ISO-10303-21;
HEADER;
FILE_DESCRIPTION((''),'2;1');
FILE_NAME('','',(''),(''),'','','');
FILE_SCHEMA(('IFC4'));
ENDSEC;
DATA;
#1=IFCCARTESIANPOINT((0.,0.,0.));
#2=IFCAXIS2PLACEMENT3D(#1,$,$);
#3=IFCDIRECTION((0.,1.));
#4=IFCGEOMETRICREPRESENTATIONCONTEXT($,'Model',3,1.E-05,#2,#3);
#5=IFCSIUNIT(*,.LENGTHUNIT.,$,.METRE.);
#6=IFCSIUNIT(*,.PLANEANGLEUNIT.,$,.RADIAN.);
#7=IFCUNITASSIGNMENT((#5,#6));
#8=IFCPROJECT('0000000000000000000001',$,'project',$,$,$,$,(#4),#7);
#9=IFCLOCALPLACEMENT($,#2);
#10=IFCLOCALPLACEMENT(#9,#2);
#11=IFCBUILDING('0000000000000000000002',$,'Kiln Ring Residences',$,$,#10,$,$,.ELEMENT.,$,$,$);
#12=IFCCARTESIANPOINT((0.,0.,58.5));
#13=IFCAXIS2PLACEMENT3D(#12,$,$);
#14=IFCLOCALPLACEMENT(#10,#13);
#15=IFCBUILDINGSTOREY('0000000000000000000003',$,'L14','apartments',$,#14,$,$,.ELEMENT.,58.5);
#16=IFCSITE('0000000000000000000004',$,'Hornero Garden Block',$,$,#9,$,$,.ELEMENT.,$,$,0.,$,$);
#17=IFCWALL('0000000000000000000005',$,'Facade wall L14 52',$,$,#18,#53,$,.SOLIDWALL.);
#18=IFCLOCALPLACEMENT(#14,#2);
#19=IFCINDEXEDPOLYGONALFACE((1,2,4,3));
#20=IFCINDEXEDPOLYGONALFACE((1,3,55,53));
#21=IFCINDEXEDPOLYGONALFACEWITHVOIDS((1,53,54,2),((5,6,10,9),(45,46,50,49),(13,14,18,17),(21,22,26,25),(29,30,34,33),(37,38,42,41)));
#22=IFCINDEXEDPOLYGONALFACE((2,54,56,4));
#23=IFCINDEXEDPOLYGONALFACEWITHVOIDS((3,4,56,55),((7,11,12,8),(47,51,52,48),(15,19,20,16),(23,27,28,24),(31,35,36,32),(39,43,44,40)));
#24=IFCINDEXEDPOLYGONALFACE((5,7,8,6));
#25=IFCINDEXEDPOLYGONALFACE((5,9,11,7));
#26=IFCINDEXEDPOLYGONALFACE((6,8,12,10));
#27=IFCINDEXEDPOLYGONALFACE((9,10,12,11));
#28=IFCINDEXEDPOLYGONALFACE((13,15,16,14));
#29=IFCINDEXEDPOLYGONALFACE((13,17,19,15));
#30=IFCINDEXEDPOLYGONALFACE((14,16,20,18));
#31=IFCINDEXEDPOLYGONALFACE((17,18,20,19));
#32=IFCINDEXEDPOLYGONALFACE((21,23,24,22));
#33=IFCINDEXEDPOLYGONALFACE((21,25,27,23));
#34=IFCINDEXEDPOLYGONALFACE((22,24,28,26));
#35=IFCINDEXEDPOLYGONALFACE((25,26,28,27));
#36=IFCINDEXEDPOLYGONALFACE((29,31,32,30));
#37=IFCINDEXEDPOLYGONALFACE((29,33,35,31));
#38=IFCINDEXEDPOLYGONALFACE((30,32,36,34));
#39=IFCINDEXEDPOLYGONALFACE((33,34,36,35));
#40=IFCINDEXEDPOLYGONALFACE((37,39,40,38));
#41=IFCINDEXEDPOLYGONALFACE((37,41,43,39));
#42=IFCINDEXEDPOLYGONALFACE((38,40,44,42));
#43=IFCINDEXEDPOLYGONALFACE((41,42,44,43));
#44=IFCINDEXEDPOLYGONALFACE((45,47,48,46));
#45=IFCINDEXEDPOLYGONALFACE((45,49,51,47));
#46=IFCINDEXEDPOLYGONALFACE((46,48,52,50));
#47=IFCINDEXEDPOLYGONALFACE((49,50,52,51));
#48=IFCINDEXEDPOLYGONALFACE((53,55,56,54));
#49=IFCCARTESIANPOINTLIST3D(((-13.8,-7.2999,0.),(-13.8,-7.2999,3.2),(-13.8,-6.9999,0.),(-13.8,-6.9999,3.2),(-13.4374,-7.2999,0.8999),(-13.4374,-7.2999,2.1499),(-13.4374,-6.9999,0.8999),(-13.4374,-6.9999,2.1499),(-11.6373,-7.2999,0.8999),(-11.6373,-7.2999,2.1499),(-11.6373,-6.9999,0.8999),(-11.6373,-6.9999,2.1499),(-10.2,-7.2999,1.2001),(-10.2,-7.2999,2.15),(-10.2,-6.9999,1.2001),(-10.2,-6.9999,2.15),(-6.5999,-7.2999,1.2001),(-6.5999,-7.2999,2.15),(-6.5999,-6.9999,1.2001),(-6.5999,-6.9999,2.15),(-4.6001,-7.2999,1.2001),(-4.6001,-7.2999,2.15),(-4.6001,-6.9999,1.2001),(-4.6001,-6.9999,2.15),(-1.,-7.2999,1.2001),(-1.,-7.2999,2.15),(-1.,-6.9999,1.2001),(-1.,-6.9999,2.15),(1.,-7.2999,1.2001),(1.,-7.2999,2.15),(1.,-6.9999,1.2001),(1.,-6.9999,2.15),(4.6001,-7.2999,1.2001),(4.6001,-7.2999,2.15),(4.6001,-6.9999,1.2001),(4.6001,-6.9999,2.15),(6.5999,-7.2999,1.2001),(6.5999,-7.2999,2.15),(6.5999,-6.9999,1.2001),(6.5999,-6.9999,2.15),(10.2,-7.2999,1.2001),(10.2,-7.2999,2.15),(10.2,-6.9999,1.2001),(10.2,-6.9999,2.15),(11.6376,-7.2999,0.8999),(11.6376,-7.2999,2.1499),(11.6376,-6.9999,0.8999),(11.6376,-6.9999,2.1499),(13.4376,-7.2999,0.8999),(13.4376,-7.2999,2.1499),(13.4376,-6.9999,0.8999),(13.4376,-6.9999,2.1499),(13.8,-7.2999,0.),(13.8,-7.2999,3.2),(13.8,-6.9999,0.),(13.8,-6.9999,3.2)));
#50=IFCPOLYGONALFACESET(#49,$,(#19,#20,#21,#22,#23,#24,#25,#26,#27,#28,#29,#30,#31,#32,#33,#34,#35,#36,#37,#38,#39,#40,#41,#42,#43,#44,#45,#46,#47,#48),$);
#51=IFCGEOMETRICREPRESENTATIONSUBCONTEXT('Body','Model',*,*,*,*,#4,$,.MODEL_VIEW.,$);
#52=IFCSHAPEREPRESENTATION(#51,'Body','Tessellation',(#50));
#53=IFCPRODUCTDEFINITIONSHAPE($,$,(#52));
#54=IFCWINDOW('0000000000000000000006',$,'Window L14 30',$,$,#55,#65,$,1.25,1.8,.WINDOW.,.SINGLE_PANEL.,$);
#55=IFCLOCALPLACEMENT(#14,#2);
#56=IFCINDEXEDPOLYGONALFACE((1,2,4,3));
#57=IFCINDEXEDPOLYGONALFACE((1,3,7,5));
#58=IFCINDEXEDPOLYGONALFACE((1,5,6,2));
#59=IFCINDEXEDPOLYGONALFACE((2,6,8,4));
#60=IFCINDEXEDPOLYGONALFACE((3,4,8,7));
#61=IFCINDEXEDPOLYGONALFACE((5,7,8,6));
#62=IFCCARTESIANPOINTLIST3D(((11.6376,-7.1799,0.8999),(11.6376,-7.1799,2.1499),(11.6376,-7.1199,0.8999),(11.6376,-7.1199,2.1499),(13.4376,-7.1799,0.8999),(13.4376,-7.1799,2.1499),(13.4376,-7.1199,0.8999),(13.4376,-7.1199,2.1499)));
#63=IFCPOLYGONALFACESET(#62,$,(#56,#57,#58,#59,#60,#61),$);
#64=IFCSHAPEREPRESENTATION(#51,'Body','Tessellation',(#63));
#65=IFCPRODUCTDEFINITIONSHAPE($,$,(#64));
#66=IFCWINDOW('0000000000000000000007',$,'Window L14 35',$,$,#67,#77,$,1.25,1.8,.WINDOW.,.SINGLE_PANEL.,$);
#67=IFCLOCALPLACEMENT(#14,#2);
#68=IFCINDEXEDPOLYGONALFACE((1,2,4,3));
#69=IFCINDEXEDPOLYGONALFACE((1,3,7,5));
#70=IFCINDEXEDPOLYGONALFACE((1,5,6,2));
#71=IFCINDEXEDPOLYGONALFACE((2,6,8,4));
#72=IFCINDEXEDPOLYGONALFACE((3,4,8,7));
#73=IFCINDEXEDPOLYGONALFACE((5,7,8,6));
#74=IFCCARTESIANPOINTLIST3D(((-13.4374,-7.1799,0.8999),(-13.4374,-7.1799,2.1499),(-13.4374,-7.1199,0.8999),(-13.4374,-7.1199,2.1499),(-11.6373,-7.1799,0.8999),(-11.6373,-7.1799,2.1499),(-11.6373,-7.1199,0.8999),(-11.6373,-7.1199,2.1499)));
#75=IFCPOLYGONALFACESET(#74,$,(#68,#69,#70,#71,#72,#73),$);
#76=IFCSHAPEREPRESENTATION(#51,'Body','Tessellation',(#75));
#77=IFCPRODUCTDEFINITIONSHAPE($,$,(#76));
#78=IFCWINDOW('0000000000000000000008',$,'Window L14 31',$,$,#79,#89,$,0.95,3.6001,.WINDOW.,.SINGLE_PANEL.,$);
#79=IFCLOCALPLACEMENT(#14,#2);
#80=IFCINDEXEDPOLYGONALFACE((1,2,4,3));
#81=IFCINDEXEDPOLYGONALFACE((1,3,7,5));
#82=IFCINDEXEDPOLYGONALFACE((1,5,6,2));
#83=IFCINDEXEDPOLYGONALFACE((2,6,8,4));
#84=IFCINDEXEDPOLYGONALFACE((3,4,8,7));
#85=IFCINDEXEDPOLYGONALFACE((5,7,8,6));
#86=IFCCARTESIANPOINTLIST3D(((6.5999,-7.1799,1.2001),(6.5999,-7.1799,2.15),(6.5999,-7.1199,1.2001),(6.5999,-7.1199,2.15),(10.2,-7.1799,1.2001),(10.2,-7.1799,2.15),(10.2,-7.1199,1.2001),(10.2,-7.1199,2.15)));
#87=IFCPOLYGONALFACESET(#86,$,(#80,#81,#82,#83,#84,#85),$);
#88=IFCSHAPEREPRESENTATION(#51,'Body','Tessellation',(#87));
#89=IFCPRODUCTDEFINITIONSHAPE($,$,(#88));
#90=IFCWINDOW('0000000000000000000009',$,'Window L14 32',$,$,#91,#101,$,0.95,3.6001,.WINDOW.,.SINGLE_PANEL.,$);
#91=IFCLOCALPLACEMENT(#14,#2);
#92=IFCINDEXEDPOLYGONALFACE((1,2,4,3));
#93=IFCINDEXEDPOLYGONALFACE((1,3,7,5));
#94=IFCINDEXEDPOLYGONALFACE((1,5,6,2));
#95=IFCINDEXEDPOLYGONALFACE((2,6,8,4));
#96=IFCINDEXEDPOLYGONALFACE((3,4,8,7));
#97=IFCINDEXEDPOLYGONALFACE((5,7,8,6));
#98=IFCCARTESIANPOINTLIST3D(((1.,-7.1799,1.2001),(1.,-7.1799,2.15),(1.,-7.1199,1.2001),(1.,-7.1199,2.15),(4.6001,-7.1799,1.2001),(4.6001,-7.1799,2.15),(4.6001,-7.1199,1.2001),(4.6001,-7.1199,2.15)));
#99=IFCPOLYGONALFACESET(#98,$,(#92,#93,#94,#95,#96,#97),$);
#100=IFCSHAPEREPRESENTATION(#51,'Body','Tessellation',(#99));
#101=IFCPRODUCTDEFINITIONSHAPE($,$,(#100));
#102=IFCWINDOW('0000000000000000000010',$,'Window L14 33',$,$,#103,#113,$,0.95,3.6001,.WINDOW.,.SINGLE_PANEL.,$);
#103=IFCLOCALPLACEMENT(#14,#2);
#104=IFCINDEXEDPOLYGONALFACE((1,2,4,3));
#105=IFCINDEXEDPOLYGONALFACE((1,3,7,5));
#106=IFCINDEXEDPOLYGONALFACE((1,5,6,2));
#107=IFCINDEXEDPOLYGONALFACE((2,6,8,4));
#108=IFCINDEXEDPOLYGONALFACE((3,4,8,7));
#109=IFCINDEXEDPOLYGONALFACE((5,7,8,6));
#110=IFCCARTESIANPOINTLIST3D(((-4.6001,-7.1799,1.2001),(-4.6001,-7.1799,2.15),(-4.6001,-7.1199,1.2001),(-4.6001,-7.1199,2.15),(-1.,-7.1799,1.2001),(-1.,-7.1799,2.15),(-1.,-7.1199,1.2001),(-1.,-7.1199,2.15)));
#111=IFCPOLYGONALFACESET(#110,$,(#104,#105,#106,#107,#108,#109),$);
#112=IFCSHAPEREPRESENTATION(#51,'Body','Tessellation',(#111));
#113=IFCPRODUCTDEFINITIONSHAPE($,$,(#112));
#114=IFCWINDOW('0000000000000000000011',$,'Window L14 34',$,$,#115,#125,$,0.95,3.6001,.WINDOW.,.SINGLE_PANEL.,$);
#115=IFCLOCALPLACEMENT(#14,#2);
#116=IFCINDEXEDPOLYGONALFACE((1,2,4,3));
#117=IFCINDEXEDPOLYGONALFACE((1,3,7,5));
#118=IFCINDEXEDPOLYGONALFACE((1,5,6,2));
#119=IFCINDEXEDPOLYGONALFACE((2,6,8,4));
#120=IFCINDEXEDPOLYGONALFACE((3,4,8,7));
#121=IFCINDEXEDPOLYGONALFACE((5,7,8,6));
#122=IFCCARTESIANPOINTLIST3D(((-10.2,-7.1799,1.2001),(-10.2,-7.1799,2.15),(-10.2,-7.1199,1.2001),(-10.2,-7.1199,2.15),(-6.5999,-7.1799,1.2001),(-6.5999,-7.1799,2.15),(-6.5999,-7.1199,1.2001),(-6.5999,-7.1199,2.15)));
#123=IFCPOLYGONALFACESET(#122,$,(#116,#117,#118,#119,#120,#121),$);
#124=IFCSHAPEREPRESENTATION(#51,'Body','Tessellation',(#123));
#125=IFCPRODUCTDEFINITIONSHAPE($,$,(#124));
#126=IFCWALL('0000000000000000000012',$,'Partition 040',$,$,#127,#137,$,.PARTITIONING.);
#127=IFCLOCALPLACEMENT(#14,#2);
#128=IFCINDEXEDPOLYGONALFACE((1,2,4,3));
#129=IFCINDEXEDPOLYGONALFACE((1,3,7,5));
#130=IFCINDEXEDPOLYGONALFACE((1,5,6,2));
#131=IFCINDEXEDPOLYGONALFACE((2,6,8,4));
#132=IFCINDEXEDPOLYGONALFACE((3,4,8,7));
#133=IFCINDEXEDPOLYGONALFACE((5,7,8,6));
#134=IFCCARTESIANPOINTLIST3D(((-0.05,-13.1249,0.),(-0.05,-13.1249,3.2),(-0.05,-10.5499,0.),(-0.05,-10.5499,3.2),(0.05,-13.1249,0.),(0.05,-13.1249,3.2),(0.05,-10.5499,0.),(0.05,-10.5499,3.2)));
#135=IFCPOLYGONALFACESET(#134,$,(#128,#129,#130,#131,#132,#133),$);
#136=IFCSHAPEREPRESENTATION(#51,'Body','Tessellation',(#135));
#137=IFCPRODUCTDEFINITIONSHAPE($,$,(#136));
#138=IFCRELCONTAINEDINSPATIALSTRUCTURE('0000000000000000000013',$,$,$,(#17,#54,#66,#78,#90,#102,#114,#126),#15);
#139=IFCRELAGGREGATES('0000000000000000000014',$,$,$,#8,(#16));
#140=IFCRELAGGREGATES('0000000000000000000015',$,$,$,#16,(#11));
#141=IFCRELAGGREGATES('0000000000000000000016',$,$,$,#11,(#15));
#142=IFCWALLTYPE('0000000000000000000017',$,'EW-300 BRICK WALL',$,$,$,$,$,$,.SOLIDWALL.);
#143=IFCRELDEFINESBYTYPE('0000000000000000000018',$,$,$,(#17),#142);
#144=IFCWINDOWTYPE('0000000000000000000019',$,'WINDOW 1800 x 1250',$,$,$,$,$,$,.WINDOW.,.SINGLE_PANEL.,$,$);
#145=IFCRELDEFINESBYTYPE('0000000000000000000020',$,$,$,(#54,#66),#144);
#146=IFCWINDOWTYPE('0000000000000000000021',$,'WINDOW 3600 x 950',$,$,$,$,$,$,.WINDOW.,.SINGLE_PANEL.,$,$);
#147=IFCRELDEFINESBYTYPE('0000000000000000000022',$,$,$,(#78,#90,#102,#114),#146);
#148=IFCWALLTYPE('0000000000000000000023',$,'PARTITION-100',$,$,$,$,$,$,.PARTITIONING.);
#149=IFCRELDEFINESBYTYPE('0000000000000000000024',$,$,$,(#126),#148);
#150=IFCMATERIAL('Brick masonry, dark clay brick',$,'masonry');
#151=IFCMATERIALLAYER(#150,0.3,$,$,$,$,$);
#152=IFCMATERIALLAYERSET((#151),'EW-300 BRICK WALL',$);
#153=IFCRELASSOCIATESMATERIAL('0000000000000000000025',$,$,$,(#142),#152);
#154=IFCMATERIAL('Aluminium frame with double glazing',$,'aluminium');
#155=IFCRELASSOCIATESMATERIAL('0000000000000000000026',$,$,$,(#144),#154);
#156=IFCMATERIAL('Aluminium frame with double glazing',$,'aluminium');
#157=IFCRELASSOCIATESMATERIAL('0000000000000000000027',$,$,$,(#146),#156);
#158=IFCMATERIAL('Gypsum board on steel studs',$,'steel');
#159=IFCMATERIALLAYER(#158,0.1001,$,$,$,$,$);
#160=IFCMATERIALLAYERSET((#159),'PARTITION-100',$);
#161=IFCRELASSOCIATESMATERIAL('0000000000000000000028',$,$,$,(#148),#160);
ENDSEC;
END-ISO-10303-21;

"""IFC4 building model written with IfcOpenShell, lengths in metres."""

from ifc_helpers import new_model, si_unit, direction, frame, frame_2d, origin, place, context, subcontext, project, spatial, rectangle, extrude, material, layer, layer_set, type_object, element, fill, save


model = new_model("IFC4")

# Units and contexts
model_context = context("Model", 3, precision=1e-05, world=origin(), true_north=direction((0.0, 1.0)))
body_context = subcontext(model_context, "Body", "Model", "MODEL_VIEW")
ifc_project = project(units=[si_unit("LENGTHUNIT", "METRE"), si_unit("PLANEANGLEUNIT", "RADIAN")], contexts=[model_context])

# Site, building, storey
site_placement = place(None, origin())
site = spatial("IfcSite", under=ifc_project, at=site_placement, Name="Hornero Garden Block", CompositionType="ELEMENT", RefElevation=0.0)
building_placement = place(site_placement, origin())
building = spatial("IfcBuilding", under=site, at=building_placement, Name="Kiln Ring Residences", CompositionType="ELEMENT")
storey_placement = place(building_placement, frame((0.0, 0.0, 58.5)))
storey = spatial("IfcBuildingStorey", under=building, at=storey_placement, Name="L14", Description="apartments", CompositionType="ELEMENT", Elevation=58.5)

# Wall, openings, windows
ifc_material_1 = material(Name="Brick masonry, dark clay brick", Category="masonry")
ifc_layer_1 = layer(ifc_material_1, 0.3)
ifc_layer_set_1 = layer_set([ifc_layer_1], Name="EW-300 BRICK WALL")
wall_type_1 = type_object("IfcWallType", Name="EW-300 BRICK WALL", PredefinedType="SOLIDWALL", material=ifc_layer_set_1)
wall_1_placement = place(storey_placement, frame((13.8, -7.1499, 0.0), z_axis=(0.0, 0.0, 1.0), x_axis=(-1.0, 0.0, 0.0)))
wall_1 = element("IfcWall", 1, at=wall_1_placement, inside=storey, type_object=wall_type_1, Name="Facade wall L14 52", PredefinedType="SOLIDWALL", context=body_context, shape_type="SweptSolid", body=[
    extrude(rectangle(XDim=27.6001, YDim=0.3, at=frame_2d((13.8, 0.0))), origin(), (0.0, 0.0, 1.0), 3.2),
])
opening_1_placement = place(wall_1_placement, frame((0.3625, 0.0, 0.8999)))
opening_1 = element("IfcOpeningElement", 2, at=opening_1_placement, cuts=wall_1, PredefinedType="OPENING", context=body_context, shape_type="SweptSolid", body=[
    extrude(rectangle(XDim=1.8, YDim=1.25, at=frame_2d((0.8999, 0.625))), frame((0.0, 0.1599, 0.0), z_axis=(0.0, -1.0, 0.0), x_axis=(1.0, 0.0, 0.0)), (0.0, 0.0, 1.0), 0.3201),
])
opening_2_placement = place(wall_1_placement, frame((3.6001, 0.0, 1.2)))
opening_2 = element("IfcOpeningElement", 3, at=opening_2_placement, cuts=wall_1, PredefinedType="OPENING", context=body_context, shape_type="SweptSolid", body=[
    extrude(rectangle(XDim=3.6001, YDim=0.95, at=frame_2d((1.8, 0.4751))), frame((0.0, 0.1599, 0.0), z_axis=(0.0, -1.0, 0.0), x_axis=(1.0, 0.0, 0.0)), (0.0, 0.0, 1.0), 0.3201),
])
opening_3_placement = place(wall_1_placement, frame((9.2, 0.0, 1.2)))
opening_3 = element("IfcOpeningElement", 4, at=opening_3_placement, cuts=wall_1, PredefinedType="OPENING", context=body_context, shape_type="SweptSolid", body=[
    extrude(rectangle(XDim=3.6001, YDim=0.95, at=frame_2d((1.8, 0.4751))), frame((0.0, 0.1599, 0.0), z_axis=(0.0, -1.0, 0.0), x_axis=(1.0, 0.0, 0.0)), (0.0, 0.0, 1.0), 0.3201),
])
opening_4_placement = place(wall_1_placement, frame((14.8, 0.0, 1.2)))
opening_4 = element("IfcOpeningElement", 5, at=opening_4_placement, cuts=wall_1, PredefinedType="OPENING", context=body_context, shape_type="SweptSolid", body=[
    extrude(rectangle(XDim=3.6001, YDim=0.95, at=frame_2d((1.8, 0.4751))), frame((0.0, 0.1599, 0.0), z_axis=(0.0, -1.0, 0.0), x_axis=(1.0, 0.0, 0.0)), (0.0, 0.0, 1.0), 0.3201),
])
opening_5_placement = place(wall_1_placement, frame((20.3999, 0.0, 1.2)))
opening_5 = element("IfcOpeningElement", 6, at=opening_5_placement, cuts=wall_1, PredefinedType="OPENING", context=body_context, shape_type="SweptSolid", body=[
    extrude(rectangle(XDim=3.6001, YDim=0.95, at=frame_2d((1.8, 0.4751))), frame((0.0, 0.1599, 0.0), z_axis=(0.0, -1.0, 0.0), x_axis=(1.0, 0.0, 0.0)), (0.0, 0.0, 1.0), 0.3201),
])
opening_6_placement = place(wall_1_placement, frame((25.4375, 0.0, 0.8999)))
opening_6 = element("IfcOpeningElement", 7, at=opening_6_placement, cuts=wall_1, PredefinedType="OPENING", context=body_context, shape_type="SweptSolid", body=[
    extrude(rectangle(XDim=1.8, YDim=1.25, at=frame_2d((0.8999, 0.625))), frame((0.0, 0.1599, 0.0), z_axis=(0.0, -1.0, 0.0), x_axis=(1.0, 0.0, 0.0)), (0.0, 0.0, 1.0), 0.3201),
])
ifc_material_2 = material(Name="Aluminium frame with double glazing", Category="aluminium")
window_type_1 = type_object("IfcWindowType", Name="WINDOW 1800 x 1250", PartitioningType="SINGLE_PANEL", PredefinedType="WINDOW", material=ifc_material_2)
window_1_placement = place(opening_1_placement, origin())
window_1 = element("IfcWindow", 8, at=window_1_placement, inside=storey, type_object=window_type_1, Name="Window L14 30", OverallHeight=1.25, OverallWidth=1.8, PartitioningType="SINGLE_PANEL", PredefinedType="WINDOW", context=body_context, shape_type="SweptSolid", body=[
    extrude(rectangle(XDim=1.8, YDim=1.25, at=frame_2d((0.8999, 0.625))), frame((0.0, 0.03, 0.0), z_axis=(0.0, -1.0, 0.0), x_axis=(1.0, 0.0, 0.0)), (0.0, 0.0, 1.0), 0.0601),
])
fill(opening_1, window_1)
window_2_placement = place(opening_6_placement, origin())
window_2 = element("IfcWindow", 9, at=window_2_placement, inside=storey, type_object=window_type_1, Name="Window L14 35", OverallHeight=1.25, OverallWidth=1.8, PartitioningType="SINGLE_PANEL", PredefinedType="WINDOW", context=body_context, shape_type="SweptSolid", body=[
    extrude(rectangle(XDim=1.8, YDim=1.25, at=frame_2d((0.8999, 0.625))), frame((0.0, 0.03, 0.0), z_axis=(0.0, -1.0, 0.0), x_axis=(1.0, 0.0, 0.0)), (0.0, 0.0, 1.0), 0.0601),
])
fill(opening_6, window_2)
ifc_material_3 = material(Name="Aluminium frame with double glazing", Category="aluminium")
window_type_2 = type_object("IfcWindowType", Name="WINDOW 3600 x 950", PartitioningType="SINGLE_PANEL", PredefinedType="WINDOW", material=ifc_material_3)
window_3_placement = place(opening_2_placement, origin())
window_3 = element("IfcWindow", 10, at=window_3_placement, inside=storey, type_object=window_type_2, Name="Window L14 31", OverallHeight=0.95, OverallWidth=3.6001, PartitioningType="SINGLE_PANEL", PredefinedType="WINDOW", context=body_context, shape_type="SweptSolid", body=[
    extrude(rectangle(XDim=3.6001, YDim=0.95, at=frame_2d((1.8, 0.4751))), frame((0.0, 0.03, 0.0), z_axis=(0.0, -1.0, 0.0), x_axis=(1.0, 0.0, 0.0)), (0.0, 0.0, 1.0), 0.0601),
])
fill(opening_2, window_3)
window_4_placement = place(opening_3_placement, origin())
window_4 = element("IfcWindow", 11, at=window_4_placement, inside=storey, type_object=window_type_2, Name="Window L14 32", OverallHeight=0.95, OverallWidth=3.6001, PartitioningType="SINGLE_PANEL", PredefinedType="WINDOW", context=body_context, shape_type="SweptSolid", body=[
    extrude(rectangle(XDim=3.6001, YDim=0.95, at=frame_2d((1.8, 0.4751))), frame((0.0, 0.03, 0.0), z_axis=(0.0, -1.0, 0.0), x_axis=(1.0, 0.0, 0.0)), (0.0, 0.0, 1.0), 0.0601),
])
fill(opening_3, window_4)
window_5_placement = place(opening_4_placement, origin())
window_5 = element("IfcWindow", 12, at=window_5_placement, inside=storey, type_object=window_type_2, Name="Window L14 33", OverallHeight=0.95, OverallWidth=3.6001, PartitioningType="SINGLE_PANEL", PredefinedType="WINDOW", context=body_context, shape_type="SweptSolid", body=[
    extrude(rectangle(XDim=3.6001, YDim=0.95, at=frame_2d((1.8, 0.4751))), frame((0.0, 0.03, 0.0), z_axis=(0.0, -1.0, 0.0), x_axis=(1.0, 0.0, 0.0)), (0.0, 0.0, 1.0), 0.0601),
])
fill(opening_4, window_5)
window_6_placement = place(opening_5_placement, origin())
window_6 = element("IfcWindow", 13, at=window_6_placement, inside=storey, type_object=window_type_2, Name="Window L14 34", OverallHeight=0.95, OverallWidth=3.6001, PartitioningType="SINGLE_PANEL", PredefinedType="WINDOW", context=body_context, shape_type="SweptSolid", body=[
    extrude(rectangle(XDim=3.6001, YDim=0.95, at=frame_2d((1.8, 0.4751))), frame((0.0, 0.03, 0.0), z_axis=(0.0, -1.0, 0.0), x_axis=(1.0, 0.0, 0.0)), (0.0, 0.0, 1.0), 0.0601),
])
fill(opening_5, window_6)

# Wall
ifc_material_4 = material(Name="Gypsum board on steel studs", Category="steel")
ifc_layer_2 = layer(ifc_material_4, 0.1001)
ifc_layer_set_2 = layer_set([ifc_layer_2], Name="PARTITION-100")
wall_type_2 = type_object("IfcWallType", Name="PARTITION-100", PredefinedType="PARTITIONING", material=ifc_layer_set_2)
wall_2_placement = place(storey_placement, frame((0.0, -13.125, 0.0), z_axis=(0.0, 0.0, 1.0), x_axis=(0.0, 1.0, 0.0)))
element("IfcWall", 14, at=wall_2_placement, inside=storey, type_object=wall_type_2, Name="Partition 040", PredefinedType="PARTITIONING", context=body_context, shape_type="SweptSolid", body=[
    extrude(rectangle(XDim=2.575, YDim=0.1001, at=frame_2d((1.2876, 0.0))), origin(), (0.0, 0.0, 1.0), 3.2),
])

save(model, "model.ifc")
